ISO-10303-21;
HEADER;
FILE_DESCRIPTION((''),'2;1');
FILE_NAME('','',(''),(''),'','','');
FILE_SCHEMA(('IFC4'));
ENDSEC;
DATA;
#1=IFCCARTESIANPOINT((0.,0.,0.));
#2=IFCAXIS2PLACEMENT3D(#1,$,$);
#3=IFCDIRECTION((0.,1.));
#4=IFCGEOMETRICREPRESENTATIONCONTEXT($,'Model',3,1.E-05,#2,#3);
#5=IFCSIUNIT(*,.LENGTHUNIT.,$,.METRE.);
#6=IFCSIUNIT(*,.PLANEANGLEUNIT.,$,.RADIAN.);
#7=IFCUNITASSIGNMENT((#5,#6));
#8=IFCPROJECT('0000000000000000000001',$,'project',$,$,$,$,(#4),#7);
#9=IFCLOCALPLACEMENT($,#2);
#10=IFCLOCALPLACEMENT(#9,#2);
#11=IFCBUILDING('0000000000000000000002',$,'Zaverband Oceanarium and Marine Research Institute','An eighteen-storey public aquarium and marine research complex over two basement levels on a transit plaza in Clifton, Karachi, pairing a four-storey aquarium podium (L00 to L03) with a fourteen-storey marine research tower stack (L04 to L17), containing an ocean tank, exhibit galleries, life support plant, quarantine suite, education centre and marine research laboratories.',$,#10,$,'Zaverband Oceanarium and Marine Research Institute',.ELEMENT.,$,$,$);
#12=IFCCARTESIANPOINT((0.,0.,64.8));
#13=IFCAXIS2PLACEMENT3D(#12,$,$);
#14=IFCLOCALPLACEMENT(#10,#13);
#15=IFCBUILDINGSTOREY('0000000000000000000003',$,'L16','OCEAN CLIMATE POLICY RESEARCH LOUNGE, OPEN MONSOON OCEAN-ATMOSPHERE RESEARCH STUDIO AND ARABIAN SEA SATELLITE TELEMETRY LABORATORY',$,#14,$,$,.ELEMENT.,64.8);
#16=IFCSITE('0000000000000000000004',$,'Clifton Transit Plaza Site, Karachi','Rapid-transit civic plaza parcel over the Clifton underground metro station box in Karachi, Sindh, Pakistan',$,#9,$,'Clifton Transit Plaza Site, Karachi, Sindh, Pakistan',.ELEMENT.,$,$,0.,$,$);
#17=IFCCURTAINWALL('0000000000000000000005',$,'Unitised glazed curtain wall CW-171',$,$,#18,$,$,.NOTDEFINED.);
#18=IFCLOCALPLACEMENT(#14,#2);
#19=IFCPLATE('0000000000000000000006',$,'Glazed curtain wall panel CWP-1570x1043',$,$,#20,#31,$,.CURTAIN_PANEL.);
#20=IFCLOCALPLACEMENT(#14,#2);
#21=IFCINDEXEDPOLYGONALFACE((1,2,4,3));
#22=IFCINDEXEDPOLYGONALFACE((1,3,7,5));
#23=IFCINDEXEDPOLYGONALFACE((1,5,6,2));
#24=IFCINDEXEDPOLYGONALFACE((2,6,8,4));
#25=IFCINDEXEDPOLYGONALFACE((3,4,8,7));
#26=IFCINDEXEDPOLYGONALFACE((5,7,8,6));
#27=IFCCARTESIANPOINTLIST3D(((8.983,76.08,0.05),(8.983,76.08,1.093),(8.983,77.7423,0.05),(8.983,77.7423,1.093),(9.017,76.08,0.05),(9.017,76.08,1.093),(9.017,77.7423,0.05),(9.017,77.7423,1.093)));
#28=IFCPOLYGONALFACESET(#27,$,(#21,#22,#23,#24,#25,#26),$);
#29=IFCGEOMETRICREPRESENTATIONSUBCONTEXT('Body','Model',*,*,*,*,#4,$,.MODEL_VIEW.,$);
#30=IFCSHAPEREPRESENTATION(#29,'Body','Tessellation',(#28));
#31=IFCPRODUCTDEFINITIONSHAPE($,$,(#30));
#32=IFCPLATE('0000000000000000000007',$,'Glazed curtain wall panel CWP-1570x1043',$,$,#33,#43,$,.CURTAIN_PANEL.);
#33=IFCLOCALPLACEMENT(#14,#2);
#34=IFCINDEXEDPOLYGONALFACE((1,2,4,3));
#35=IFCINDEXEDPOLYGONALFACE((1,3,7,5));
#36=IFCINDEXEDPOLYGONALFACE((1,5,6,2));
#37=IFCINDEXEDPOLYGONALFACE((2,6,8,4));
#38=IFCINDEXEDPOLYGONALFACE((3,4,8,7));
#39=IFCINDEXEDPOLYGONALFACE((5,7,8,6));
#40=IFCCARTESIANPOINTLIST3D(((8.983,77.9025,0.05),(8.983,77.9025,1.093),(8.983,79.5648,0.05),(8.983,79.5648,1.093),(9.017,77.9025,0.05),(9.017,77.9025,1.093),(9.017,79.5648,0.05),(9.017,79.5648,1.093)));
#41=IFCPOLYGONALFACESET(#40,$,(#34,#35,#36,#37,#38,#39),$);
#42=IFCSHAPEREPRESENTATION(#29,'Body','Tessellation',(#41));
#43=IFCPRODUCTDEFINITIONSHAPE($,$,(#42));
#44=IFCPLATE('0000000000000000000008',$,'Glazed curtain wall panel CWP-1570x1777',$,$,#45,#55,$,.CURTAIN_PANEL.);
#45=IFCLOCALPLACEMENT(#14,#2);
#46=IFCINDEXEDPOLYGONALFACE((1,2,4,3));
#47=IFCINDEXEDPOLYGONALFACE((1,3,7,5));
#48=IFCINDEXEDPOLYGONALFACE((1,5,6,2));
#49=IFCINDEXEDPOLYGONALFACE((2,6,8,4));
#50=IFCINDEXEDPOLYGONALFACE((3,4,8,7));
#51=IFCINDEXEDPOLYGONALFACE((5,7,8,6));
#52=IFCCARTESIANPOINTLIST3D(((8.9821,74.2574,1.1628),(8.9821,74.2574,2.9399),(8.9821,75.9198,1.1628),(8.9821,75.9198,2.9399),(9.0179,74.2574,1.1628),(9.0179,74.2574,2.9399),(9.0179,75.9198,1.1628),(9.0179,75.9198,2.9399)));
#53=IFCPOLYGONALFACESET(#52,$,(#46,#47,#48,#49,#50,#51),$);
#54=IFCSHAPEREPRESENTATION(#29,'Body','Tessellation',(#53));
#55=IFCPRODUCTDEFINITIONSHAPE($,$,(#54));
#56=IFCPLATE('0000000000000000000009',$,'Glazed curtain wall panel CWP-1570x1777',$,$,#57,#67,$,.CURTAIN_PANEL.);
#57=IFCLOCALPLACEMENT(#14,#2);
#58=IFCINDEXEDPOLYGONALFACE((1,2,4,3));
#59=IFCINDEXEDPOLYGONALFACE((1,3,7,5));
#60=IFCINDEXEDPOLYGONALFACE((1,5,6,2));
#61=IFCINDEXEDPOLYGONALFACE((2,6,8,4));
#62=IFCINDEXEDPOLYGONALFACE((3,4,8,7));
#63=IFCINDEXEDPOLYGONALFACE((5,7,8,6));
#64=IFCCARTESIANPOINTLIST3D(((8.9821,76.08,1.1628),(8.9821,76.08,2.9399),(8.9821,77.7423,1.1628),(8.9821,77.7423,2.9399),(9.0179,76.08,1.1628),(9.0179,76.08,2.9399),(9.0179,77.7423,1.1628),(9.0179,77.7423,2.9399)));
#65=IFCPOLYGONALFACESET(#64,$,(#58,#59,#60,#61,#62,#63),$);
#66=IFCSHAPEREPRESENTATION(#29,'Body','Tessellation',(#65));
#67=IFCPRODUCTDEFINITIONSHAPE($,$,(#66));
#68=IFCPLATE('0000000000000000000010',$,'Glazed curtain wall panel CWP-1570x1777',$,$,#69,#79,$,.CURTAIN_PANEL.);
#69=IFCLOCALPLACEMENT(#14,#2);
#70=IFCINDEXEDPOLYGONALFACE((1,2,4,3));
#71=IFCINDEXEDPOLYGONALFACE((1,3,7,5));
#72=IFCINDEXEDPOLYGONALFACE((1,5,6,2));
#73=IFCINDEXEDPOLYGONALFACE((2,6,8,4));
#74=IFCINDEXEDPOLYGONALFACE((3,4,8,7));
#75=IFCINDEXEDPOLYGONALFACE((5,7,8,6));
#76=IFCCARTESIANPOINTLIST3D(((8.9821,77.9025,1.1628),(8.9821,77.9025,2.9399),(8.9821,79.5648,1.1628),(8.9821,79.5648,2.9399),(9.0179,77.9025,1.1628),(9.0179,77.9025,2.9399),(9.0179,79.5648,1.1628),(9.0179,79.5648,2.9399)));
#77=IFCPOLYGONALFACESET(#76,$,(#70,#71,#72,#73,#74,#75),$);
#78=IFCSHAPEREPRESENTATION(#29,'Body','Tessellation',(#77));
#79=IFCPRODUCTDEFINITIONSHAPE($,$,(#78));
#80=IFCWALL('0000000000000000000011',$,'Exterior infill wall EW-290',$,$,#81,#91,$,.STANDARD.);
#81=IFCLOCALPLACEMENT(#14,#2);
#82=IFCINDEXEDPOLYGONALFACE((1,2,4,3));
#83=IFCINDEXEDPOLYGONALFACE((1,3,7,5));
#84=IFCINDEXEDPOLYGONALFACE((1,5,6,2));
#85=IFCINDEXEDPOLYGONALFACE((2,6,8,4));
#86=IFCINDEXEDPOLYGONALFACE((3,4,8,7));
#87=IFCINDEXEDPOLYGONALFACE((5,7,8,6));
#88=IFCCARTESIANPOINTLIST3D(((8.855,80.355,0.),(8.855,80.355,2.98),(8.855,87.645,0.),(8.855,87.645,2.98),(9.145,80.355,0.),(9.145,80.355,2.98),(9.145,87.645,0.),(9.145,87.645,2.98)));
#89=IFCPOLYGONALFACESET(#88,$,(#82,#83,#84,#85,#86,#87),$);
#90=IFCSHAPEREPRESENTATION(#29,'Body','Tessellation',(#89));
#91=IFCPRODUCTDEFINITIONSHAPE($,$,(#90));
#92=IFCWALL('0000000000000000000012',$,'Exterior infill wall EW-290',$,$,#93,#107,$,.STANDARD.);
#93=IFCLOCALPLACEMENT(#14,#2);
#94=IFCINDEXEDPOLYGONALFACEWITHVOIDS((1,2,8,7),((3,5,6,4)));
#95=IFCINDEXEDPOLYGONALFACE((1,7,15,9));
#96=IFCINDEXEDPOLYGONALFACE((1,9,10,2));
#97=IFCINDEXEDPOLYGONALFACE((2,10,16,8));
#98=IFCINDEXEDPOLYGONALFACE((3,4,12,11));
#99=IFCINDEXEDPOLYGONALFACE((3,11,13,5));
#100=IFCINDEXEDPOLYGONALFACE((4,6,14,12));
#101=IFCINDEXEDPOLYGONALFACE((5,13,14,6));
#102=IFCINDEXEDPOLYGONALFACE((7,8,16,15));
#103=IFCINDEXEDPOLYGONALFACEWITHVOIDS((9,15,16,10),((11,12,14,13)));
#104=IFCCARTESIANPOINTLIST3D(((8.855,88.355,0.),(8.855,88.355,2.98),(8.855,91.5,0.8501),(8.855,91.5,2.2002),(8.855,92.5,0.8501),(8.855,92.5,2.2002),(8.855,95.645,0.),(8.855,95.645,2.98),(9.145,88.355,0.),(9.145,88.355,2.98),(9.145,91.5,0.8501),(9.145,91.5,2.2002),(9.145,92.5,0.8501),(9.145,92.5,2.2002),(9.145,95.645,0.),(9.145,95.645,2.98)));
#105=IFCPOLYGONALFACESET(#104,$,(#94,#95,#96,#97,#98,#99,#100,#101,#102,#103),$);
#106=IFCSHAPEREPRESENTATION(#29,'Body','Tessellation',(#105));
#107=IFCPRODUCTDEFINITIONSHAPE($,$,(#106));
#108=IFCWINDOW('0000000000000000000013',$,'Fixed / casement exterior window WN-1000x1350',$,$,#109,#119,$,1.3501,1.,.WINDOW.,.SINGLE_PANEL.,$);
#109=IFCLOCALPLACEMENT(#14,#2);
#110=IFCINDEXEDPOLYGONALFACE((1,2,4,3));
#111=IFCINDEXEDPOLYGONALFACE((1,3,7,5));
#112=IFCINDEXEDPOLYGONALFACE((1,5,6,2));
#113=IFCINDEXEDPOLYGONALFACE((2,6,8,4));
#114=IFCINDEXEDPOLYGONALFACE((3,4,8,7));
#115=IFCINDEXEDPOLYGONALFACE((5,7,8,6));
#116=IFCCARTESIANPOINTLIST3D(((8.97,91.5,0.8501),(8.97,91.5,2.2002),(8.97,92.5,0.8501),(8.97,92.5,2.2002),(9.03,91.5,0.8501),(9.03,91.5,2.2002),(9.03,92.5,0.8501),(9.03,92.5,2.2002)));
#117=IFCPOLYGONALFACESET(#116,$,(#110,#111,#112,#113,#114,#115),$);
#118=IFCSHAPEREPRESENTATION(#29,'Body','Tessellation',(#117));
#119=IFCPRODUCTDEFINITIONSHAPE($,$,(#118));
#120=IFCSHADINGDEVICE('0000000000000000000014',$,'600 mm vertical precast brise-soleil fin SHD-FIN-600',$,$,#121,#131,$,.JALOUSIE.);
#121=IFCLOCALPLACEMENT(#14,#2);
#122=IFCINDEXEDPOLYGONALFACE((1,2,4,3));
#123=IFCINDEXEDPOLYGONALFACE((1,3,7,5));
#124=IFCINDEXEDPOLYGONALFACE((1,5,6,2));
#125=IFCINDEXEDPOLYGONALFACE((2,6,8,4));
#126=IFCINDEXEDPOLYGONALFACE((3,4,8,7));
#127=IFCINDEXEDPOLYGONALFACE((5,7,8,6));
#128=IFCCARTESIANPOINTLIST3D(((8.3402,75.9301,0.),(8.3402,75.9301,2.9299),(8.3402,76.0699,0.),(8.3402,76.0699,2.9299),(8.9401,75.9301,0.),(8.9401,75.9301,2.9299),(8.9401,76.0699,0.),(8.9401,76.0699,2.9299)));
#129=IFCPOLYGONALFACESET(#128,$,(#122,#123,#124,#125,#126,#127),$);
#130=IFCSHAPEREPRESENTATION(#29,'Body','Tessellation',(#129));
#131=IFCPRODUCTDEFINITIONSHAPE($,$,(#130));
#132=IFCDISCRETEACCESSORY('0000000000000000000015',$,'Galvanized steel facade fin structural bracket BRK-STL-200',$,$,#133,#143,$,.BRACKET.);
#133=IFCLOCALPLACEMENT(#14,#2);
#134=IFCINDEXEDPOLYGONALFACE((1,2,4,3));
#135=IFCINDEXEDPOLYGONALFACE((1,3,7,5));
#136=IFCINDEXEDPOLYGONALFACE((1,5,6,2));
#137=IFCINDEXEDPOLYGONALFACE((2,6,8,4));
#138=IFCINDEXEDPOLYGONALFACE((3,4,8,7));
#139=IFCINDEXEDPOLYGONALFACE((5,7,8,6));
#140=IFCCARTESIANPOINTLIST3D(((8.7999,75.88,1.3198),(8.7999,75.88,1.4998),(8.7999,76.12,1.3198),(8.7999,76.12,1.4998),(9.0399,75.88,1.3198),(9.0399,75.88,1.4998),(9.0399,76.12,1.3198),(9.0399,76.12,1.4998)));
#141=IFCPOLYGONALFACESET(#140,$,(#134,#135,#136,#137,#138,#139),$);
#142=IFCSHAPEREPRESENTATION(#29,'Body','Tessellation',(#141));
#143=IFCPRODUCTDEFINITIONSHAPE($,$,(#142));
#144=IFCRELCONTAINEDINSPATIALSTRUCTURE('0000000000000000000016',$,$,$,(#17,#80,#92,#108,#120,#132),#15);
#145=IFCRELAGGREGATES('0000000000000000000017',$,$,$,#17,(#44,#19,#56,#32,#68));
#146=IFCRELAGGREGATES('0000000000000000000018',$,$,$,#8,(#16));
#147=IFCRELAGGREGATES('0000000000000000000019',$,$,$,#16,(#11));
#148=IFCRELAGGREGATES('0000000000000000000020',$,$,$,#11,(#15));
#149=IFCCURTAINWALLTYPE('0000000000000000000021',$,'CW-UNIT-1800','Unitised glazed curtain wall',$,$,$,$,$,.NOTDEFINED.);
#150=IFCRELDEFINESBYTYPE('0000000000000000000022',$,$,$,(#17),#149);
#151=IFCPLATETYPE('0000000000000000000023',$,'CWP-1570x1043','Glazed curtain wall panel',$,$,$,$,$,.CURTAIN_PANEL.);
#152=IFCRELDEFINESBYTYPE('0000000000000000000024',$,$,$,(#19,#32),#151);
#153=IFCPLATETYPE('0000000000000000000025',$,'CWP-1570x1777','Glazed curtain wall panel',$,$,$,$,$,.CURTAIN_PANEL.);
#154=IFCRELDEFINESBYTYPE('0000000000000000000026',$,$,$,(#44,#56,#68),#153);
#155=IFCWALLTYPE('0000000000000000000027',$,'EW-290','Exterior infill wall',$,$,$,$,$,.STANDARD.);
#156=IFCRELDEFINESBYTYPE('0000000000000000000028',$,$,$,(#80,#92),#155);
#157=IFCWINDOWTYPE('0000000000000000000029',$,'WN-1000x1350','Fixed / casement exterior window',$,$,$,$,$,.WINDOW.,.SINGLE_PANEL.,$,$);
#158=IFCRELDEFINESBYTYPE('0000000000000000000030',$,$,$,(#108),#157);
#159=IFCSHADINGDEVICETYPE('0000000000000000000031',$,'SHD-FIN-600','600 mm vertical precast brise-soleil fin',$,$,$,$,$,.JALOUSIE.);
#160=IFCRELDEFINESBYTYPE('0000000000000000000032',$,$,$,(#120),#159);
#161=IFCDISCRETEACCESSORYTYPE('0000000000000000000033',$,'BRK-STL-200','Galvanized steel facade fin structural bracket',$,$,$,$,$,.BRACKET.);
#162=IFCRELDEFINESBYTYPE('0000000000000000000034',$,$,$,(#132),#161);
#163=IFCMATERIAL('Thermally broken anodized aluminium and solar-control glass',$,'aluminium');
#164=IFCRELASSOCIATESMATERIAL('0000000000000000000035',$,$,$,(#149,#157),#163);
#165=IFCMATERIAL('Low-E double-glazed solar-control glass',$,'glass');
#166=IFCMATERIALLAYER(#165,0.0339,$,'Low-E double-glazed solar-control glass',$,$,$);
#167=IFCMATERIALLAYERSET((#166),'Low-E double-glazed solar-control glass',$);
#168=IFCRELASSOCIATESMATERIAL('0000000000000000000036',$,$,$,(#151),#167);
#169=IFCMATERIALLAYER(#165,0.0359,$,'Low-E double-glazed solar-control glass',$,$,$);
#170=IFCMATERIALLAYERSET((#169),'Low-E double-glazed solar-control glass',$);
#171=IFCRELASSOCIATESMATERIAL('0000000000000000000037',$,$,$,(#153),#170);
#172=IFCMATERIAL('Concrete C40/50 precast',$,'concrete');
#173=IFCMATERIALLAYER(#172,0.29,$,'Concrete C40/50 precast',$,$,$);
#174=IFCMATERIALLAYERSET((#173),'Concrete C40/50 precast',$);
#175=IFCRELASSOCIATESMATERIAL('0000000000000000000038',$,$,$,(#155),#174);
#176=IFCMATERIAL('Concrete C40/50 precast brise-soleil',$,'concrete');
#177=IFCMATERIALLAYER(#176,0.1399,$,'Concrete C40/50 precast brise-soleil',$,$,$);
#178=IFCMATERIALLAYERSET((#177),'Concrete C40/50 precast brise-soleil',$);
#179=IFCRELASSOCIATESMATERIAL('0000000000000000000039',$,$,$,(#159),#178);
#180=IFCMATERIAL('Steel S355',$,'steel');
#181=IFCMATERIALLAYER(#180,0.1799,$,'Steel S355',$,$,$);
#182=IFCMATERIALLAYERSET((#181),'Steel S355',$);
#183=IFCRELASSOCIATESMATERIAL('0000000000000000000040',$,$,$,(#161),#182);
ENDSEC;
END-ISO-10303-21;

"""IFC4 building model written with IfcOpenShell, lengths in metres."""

from ifc_helpers import new_model, si_unit, direction, frame, frame_2d, origin, origin_2d, place, context, subcontext, project, spatial, rectangle, extrude, material, layer, layer_set, type_object, element, fill, aggregate, save


model = new_model("IFC4")

# Units and contexts
model_context = context("Model", 3, precision=1e-05, world=origin(), true_north=direction((0.0, 1.0)))
body_context = subcontext(model_context, "Body", "Model", "MODEL_VIEW")
ifc_project = project(units=[si_unit("LENGTHUNIT", "METRE"), si_unit("PLANEANGLEUNIT", "RADIAN")], contexts=[model_context])

# Site, building, storey
site_placement = place(None, origin())
site = spatial("IfcSite", under=ifc_project, at=site_placement, Name="Clifton Transit Plaza Site, Karachi", Description="Rapid-transit civic plaza parcel over the Clifton underground metro station box in Karachi, Sindh, Pakistan", LongName="Clifton Transit Plaza Site, Karachi, Sindh, Pakistan", CompositionType="ELEMENT", RefElevation=0.0)
building_placement = place(site_placement, origin())
building = spatial("IfcBuilding", under=site, at=building_placement, Name="Zaverband Oceanarium and Marine Research Institute", Description="An eighteen-storey public aquarium and marine research complex over two basement levels on a transit plaza in Clifton, Karachi, pairing a four-storey aquarium podium (L00 to L03) with a fourteen-storey marine research tower stack (L04 to L17), containing an ocean tank, exhibit galleries, life support plant, quarantine suite, education centre and marine research laboratories.", LongName="Zaverband Oceanarium and Marine Research Institute", CompositionType="ELEMENT")
storey_placement = place(building_placement, frame((0.0, 0.0, 64.8)))
storey = spatial("IfcBuildingStorey", under=building, at=storey_placement, Name="L16", Description="OCEAN CLIMATE POLICY RESEARCH LOUNGE, OPEN MONSOON OCEAN-ATMOSPHERE RESEARCH STUDIO AND ARABIAN SEA SATELLITE TELEMETRY LABORATORY", CompositionType="ELEMENT", Elevation=64.8)

# Shared definitions
ifc_material_1 = material(Name="Steel S355", Category="steel")

# Curtain wall
ifc_material_2 = material(Name="Thermally broken anodized aluminium and solar-control glass", Category="aluminium")
curtain_wall_type = type_object("IfcCurtainWallType", Name="CW-UNIT-1800", Description="Unitised glazed curtain wall", PredefinedType="NOTDEFINED", material=ifc_material_2)
curtain_wall_placement = place(storey_placement, origin())
curtain_wall = element("IfcCurtainWall", 1, at=curtain_wall_placement, inside=storey, type_object=curtain_wall_type, Name="Unitised glazed curtain wall CW-171", PredefinedType="NOTDEFINED")

# Plates
ifc_material_3 = material(Name="Low-E double-glazed solar-control glass", Category="glass")
ifc_layer_1 = layer(ifc_material_3, 0.0339, Name="Low-E double-glazed solar-control glass")
ifc_layer_set_1 = layer_set([ifc_layer_1], Name="Low-E double-glazed solar-control glass")
plate_type_1 = type_object("IfcPlateType", Name="CWP-1570x1043", Description="Glazed curtain wall panel", PredefinedType="CURTAIN_PANEL", material=ifc_layer_set_1)
plate_1_placement = place(storey_placement, frame((9.0, 76.0801, 0.05), z_axis=(0.0, 0.0, 1.0), x_axis=(0.0, 1.0, 0.0)))
plate_1 = element("IfcPlate", 2, at=plate_1_placement, type_object=plate_type_1, Name="Glazed curtain wall panel CWP-1570x1043", PredefinedType="CURTAIN_PANEL", context=body_context, shape_type="SweptSolid", body=[
    extrude(rectangle(XDim=1.6624, YDim=0.0339, at=frame_2d((0.8311, 0.0))), origin(), (0.0, 0.0, 1.0), 1.043),
])
plate_2_placement = place(storey_placement, frame((9.0, 77.9026, 0.05), z_axis=(0.0, 0.0, 1.0), x_axis=(0.0, 1.0, 0.0)))
plate_2 = element("IfcPlate", 3, at=plate_2_placement, type_object=plate_type_1, Name="Glazed curtain wall panel CWP-1570x1043", PredefinedType="CURTAIN_PANEL", context=body_context, shape_type="SweptSolid", body=[
    extrude(rectangle(XDim=1.6624, YDim=0.0339, at=frame_2d((0.8311, 0.0))), origin(), (0.0, 0.0, 1.0), 1.043),
])
ifc_layer_2 = layer(ifc_material_3, 0.0359, Name="Low-E double-glazed solar-control glass")
ifc_layer_set_2 = layer_set([ifc_layer_2], Name="Low-E double-glazed solar-control glass")
plate_type_2 = type_object("IfcPlateType", Name="CWP-1570x1777", Description="Glazed curtain wall panel", PredefinedType="CURTAIN_PANEL", material=ifc_layer_set_2)
plate_3_placement = place(storey_placement, frame((9.0, 74.2576, 1.1628), z_axis=(0.0, 0.0, 1.0), x_axis=(0.0, 1.0, 0.0)))
plate_3 = element("IfcPlate", 4, at=plate_3_placement, type_object=plate_type_2, Name="Glazed curtain wall panel CWP-1570x1777", PredefinedType="CURTAIN_PANEL", context=body_context, shape_type="SweptSolid", body=[
    extrude(rectangle(XDim=1.6624, YDim=0.0359, at=frame_2d((0.8311, 0.0))), origin(), (0.0, 0.0, 1.0), 1.7771),
])
plate_4_placement = place(storey_placement, frame((9.0, 76.0801, 1.1628), z_axis=(0.0, 0.0, 1.0), x_axis=(0.0, 1.0, 0.0)))
plate_4 = element("IfcPlate", 5, at=plate_4_placement, type_object=plate_type_2, Name="Glazed curtain wall panel CWP-1570x1777", PredefinedType="CURTAIN_PANEL", context=body_context, shape_type="SweptSolid", body=[
    extrude(rectangle(XDim=1.6624, YDim=0.0359, at=frame_2d((0.8311, 0.0))), origin(), (0.0, 0.0, 1.0), 1.7771),
])
plate_5_placement = place(storey_placement, frame((9.0, 77.9026, 1.1628), z_axis=(0.0, 0.0, 1.0), x_axis=(0.0, 1.0, 0.0)))
plate_5 = element("IfcPlate", 6, at=plate_5_placement, type_object=plate_type_2, Name="Glazed curtain wall panel CWP-1570x1777", PredefinedType="CURTAIN_PANEL", context=body_context, shape_type="SweptSolid", body=[
    extrude(rectangle(XDim=1.6624, YDim=0.0359, at=frame_2d((0.8311, 0.0))), origin(), (0.0, 0.0, 1.0), 1.7771),
])
aggregate(curtain_wall, [plate_3, plate_1, plate_4, plate_2, plate_5])

# Wall
ifc_material_4 = material(Name="Concrete C40/50 precast", Category="concrete")
ifc_layer_3 = layer(ifc_material_4, 0.29, Name="Concrete C40/50 precast")
ifc_layer_set_3 = layer_set([ifc_layer_3], Name="Concrete C40/50 precast")
wall_type = type_object("IfcWallType", Name="EW-290", Description="Exterior infill wall", PredefinedType="STANDARD", material=ifc_layer_set_3)
wall_1_placement = place(storey_placement, frame((9.0, 80.355, 0.0), z_axis=(0.0, 0.0, 1.0), x_axis=(0.0, 1.0, 0.0)))
element("IfcWall", 7, at=wall_1_placement, inside=storey, type_object=wall_type, Name="Exterior infill wall EW-290", PredefinedType="STANDARD", context=body_context, shape_type="SweptSolid", body=[
    extrude(rectangle(XDim=7.29, YDim=0.29, at=frame_2d((3.645, 0.0))), origin(), (0.0, 0.0, 1.0), 2.98),
])

# Wall, opening, window
wall_2_placement = place(storey_placement, frame((9.0, 88.355, 0.0), z_axis=(0.0, 0.0, 1.0), x_axis=(0.0, 1.0, 0.0)))
wall_2 = element("IfcWall", 8, at=wall_2_placement, inside=storey, type_object=wall_type, Name="Exterior infill wall EW-290", PredefinedType="STANDARD", context=body_context, shape_type="SweptSolid", body=[
    extrude(rectangle(XDim=7.29, YDim=0.29, at=frame_2d((3.645, 0.0))), origin(), (0.0, 0.0, 1.0), 2.98),
])
opening_placement = place(wall_2_placement, frame((3.145, 0.0, 0.8501)))
opening = element("IfcOpeningElement", 9, at=opening_placement, cuts=wall_2, PredefinedType="OPENING", context=body_context, shape_type="SweptSolid", body=[
    extrude(rectangle(XDim=1.0, YDim=1.3501, at=frame_2d((0.5, 0.675))), frame((0.0, 0.157, 0.0), z_axis=(0.0, -1.0, 0.0), x_axis=(1.0, 0.0, 0.0)), (0.0, 0.0, 1.0), 0.314),
])
window_type = type_object("IfcWindowType", Name="WN-1000x1350", Description="Fixed / casement exterior window", PartitioningType="SINGLE_PANEL", PredefinedType="WINDOW", material=ifc_material_2)
window_placement = place(opening_placement, origin())
window = element("IfcWindow", 10, at=window_placement, inside=storey, type_object=window_type, Name="Fixed / casement exterior window WN-1000x1350", OverallHeight=1.3501, OverallWidth=1.0, PartitioningType="SINGLE_PANEL", PredefinedType="WINDOW", context=body_context, shape_type="SweptSolid", body=[
    extrude(rectangle(XDim=1.0, YDim=1.3501, at=frame_2d((0.5, 0.675))), frame((0.0, 0.03, 0.0), z_axis=(0.0, -1.0, 0.0), x_axis=(1.0, 0.0, 0.0)), (0.0, 0.0, 1.0), 0.0601),
])
fill(opening, window)

# Shading device
ifc_material_5 = material(Name="Concrete C40/50 precast brise-soleil", Category="concrete")
ifc_layer_4 = layer(ifc_material_5, 0.1399, Name="Concrete C40/50 precast brise-soleil")
ifc_layer_set_4 = layer_set([ifc_layer_4], Name="Concrete C40/50 precast brise-soleil")
shading_device_type = type_object("IfcShadingDeviceType", Name="SHD-FIN-600", Description="600 mm vertical precast brise-soleil fin", PredefinedType="JALOUSIE", material=ifc_layer_set_4)
shading_device_placement = place(storey_placement, frame((8.9399, 76.0, 0.0), z_axis=(0.0, 0.0, 1.0), x_axis=(-1.0, 0.0, 0.0)))
element("IfcShadingDevice", 11, at=shading_device_placement, inside=storey, type_object=shading_device_type, Name="600 mm vertical precast brise-soleil fin SHD-FIN-600", PredefinedType="JALOUSIE", context=body_context, shape_type="SweptSolid", body=[
    extrude(rectangle(XDim=0.5999, YDim=0.1399, at=frame_2d((0.2998, 0.0))), origin(), (0.0, 0.0, 1.0), 2.9299),
])

# Discrete accessory
ifc_layer_5 = layer(ifc_material_1, 0.1799, Name="Steel S355")
ifc_layer_set_5 = layer_set([ifc_layer_5], Name="Steel S355")
discrete_accessory_type = type_object("IfcDiscreteAccessoryType", Name="BRK-STL-200", Description="Galvanized steel facade fin structural bracket", PredefinedType="BRACKET", material=ifc_layer_set_5)
discrete_accessory_placement = place(storey_placement, frame((8.9199, 76.0, 1.3198), z_axis=(0.0, 0.0, 1.0), x_axis=(1.0, 0.0, 0.0)))
element("IfcDiscreteAccessory", 12, at=discrete_accessory_placement, inside=storey, type_object=discrete_accessory_type, Name="Galvanized steel facade fin structural bracket BRK-STL-200", PredefinedType="BRACKET", context=body_context, shape_type="SweptSolid", body=[
    extrude(rectangle(XDim=0.24, YDim=0.24, at=origin_2d()), origin(), (0.0, 0.0, 1.0), 0.1799),
])

save(model, "model.ifc")
